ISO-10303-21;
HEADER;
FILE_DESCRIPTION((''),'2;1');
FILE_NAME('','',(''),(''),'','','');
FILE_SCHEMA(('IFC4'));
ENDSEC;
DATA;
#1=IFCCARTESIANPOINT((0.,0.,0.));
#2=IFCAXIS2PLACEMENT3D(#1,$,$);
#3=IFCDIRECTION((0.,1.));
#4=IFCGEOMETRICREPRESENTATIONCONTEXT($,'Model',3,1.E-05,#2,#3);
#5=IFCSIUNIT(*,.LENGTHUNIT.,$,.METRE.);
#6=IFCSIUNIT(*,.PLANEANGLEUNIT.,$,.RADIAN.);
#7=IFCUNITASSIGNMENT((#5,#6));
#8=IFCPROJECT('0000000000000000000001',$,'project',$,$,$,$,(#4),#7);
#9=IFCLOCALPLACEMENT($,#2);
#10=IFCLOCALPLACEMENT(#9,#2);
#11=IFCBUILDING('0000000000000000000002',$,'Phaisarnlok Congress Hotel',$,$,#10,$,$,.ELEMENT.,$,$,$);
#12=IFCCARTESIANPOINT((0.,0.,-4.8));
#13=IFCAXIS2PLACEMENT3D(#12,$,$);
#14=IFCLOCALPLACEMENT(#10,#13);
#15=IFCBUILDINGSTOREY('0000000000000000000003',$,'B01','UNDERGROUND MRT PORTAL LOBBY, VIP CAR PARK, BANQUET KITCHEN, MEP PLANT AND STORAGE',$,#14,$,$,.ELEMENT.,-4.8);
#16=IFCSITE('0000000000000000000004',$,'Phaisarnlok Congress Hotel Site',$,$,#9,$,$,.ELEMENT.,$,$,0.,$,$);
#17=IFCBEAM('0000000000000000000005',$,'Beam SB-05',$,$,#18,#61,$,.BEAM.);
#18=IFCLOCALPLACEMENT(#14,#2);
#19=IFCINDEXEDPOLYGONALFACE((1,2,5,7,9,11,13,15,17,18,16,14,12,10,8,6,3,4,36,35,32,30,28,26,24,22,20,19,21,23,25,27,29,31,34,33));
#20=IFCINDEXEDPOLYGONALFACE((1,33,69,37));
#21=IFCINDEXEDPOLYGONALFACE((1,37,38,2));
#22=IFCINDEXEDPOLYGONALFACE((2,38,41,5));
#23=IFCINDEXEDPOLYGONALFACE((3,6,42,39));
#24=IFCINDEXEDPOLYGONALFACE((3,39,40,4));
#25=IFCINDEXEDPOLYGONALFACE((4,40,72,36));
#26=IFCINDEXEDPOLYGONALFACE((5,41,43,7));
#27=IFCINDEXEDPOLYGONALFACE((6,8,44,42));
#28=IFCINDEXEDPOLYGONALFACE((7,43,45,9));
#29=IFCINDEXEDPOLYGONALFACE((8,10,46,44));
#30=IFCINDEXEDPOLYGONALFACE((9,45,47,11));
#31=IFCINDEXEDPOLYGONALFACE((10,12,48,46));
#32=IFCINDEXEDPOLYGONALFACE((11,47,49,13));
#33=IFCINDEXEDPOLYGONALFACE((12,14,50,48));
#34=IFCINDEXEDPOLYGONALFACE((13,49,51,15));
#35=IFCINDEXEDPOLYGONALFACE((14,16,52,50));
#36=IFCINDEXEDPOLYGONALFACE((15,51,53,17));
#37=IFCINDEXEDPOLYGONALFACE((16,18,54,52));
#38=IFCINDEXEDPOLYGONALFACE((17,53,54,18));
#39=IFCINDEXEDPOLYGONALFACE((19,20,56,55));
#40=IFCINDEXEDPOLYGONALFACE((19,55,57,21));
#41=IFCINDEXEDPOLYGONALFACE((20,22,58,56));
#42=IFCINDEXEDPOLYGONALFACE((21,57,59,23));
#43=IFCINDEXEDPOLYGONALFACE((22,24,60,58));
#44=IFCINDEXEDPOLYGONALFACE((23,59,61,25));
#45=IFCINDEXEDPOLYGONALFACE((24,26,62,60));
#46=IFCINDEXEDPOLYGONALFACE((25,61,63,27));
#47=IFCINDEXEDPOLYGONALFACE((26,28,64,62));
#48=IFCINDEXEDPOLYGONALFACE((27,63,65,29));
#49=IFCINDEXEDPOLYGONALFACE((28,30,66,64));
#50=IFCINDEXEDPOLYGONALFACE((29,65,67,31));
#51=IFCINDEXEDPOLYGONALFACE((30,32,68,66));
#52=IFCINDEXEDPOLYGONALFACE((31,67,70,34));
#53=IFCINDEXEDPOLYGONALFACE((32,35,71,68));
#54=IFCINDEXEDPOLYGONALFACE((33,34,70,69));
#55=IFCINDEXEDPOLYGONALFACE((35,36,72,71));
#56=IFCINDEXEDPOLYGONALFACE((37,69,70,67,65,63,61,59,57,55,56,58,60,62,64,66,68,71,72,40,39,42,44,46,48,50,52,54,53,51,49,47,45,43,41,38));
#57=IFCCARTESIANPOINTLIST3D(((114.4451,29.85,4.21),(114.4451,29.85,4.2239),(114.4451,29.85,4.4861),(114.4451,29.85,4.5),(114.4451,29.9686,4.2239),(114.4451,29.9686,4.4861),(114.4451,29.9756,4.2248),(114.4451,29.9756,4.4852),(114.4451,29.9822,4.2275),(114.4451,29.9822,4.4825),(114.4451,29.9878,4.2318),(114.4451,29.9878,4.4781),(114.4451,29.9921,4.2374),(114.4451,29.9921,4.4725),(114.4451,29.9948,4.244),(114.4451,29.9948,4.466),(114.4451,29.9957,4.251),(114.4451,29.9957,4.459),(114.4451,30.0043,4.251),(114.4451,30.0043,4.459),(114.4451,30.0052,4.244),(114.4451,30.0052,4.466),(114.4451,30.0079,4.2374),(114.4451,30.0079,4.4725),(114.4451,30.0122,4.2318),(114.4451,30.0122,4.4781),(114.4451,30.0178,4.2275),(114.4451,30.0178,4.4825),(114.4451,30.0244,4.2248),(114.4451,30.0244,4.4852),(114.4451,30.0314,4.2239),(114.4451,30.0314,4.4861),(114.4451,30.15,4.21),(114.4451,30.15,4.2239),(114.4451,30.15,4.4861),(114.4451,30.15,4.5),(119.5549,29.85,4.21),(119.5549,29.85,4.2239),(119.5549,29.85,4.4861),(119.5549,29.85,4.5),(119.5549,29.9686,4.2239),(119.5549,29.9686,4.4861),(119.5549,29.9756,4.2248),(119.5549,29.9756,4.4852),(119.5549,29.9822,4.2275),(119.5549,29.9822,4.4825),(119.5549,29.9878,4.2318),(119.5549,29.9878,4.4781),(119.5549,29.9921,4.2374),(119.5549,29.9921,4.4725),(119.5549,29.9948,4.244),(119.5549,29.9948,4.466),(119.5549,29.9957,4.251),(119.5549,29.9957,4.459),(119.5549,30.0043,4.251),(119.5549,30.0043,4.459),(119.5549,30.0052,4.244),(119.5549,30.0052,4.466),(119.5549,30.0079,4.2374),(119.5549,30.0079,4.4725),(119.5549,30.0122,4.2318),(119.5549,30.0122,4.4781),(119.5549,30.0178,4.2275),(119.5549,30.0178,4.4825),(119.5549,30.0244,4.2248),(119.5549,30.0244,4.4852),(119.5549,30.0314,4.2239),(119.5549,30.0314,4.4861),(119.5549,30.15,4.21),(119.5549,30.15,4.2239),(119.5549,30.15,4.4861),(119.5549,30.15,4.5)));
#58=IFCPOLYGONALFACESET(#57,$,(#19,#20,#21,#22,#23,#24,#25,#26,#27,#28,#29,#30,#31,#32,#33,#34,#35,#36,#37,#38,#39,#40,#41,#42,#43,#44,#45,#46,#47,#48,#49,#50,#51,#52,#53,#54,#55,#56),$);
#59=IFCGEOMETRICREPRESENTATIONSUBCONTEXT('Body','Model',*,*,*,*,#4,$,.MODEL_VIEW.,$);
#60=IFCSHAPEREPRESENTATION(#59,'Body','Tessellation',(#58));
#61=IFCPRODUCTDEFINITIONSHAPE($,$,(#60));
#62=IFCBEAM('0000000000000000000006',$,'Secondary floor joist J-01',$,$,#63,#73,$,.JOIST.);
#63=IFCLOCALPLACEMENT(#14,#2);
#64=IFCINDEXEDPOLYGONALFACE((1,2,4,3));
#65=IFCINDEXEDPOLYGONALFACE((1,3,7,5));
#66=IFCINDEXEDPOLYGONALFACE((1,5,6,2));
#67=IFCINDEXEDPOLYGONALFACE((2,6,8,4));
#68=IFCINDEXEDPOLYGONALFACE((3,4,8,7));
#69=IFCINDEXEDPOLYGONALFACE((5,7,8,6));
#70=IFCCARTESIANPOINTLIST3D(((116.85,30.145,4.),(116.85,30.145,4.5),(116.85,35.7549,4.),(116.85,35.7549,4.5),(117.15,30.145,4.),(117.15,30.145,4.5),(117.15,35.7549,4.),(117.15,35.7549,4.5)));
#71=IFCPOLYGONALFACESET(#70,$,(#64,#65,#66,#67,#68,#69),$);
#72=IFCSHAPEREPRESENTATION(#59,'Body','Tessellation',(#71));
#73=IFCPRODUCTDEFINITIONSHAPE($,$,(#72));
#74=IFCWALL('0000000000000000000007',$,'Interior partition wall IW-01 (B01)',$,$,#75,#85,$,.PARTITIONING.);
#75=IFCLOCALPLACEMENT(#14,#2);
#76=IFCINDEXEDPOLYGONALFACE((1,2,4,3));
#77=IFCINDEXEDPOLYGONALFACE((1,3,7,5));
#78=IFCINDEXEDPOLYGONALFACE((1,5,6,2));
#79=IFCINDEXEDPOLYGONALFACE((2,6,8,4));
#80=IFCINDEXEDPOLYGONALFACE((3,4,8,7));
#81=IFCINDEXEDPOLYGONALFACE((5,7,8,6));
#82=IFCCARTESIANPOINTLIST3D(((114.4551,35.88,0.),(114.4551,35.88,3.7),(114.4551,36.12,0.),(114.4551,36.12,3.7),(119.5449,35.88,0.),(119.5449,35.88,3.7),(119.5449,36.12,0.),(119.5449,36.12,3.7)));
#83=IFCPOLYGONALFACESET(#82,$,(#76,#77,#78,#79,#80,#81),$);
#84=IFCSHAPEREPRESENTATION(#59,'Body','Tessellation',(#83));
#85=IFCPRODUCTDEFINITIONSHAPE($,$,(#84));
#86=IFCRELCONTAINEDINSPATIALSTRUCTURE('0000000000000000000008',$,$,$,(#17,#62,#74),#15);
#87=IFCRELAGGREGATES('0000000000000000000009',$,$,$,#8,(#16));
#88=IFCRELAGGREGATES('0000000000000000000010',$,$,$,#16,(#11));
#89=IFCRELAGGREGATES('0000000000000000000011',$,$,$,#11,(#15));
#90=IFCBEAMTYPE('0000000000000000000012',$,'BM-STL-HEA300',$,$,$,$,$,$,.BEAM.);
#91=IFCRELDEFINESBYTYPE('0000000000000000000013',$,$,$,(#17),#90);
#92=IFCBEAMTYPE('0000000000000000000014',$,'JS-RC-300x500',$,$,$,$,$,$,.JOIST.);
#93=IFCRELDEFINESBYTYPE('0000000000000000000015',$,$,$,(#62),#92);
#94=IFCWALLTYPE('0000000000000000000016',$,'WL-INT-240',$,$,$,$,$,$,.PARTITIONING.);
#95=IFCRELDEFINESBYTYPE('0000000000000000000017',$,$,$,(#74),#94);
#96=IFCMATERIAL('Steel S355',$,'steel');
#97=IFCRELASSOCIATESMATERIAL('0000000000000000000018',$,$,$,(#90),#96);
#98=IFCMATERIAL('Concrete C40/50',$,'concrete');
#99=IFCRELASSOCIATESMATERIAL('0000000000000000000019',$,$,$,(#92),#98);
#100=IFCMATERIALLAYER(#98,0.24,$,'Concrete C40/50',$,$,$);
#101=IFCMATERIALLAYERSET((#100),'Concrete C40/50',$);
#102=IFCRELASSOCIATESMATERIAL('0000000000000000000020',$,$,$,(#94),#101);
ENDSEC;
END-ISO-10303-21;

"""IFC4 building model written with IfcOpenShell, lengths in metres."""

from ifc_helpers import new_model, si_unit, direction, frame, frame_2d, origin, origin_2d, place, context, subcontext, project, spatial, rectangle, i_section, extrude, material, layer, layer_set, material_profile, profile_set, type_object, element, save


model = new_model("IFC4")

# Units and contexts
model_context = context("Model", 3, precision=1e-05, world=origin(), true_north=direction((0.0, 1.0)))
body_context = subcontext(model_context, "Body", "Model", "MODEL_VIEW")
ifc_project = project(units=[si_unit("LENGTHUNIT", "METRE"), si_unit("PLANEANGLEUNIT", "RADIAN")], contexts=[model_context])

# Site, building, storey
site_placement = place(None, origin())
site = spatial("IfcSite", under=ifc_project, at=site_placement, Name="Phaisarnlok Congress Hotel Site", CompositionType="ELEMENT", RefElevation=0.0)
building_placement = place(site_placement, origin())
building = spatial("IfcBuilding", under=site, at=building_placement, Name="Phaisarnlok Congress Hotel", CompositionType="ELEMENT")
storey_placement = place(building_placement, frame((0.0, 0.0, -4.8)))
storey = spatial("IfcBuildingStorey", under=building, at=storey_placement, Name="B01", Description="UNDERGROUND MRT PORTAL LOBBY, VIP CAR PARK, BANQUET KITCHEN, MEP PLANT AND STORAGE", CompositionType="ELEMENT", Elevation=-4.8)

# Shared definitions
ifc_material_1 = material(Name="Concrete C40/50", Category="concrete")

# Beams
ifc_material_2 = material(Name="Steel S355", Category="steel")
ifc_material_profile_1 = material_profile(ifc_material_2, i_section(OverallWidth=0.3, OverallDepth=0.29, WebThickness=0.0085, FlangeThickness=0.0139, FilletRadius=0.0271, at=origin_2d()), Name="HEA 300")
ifc_profile_set_1 = profile_set([ifc_material_profile_1], Name="Steel S355")
beam_type_1 = type_object("IfcBeamType", Name="BM-STL-HEA300", PredefinedType="BEAM", material=ifc_profile_set_1)
beam_1_placement = place(storey_placement, frame((114.4451, 30.0, 4.355), z_axis=(1.0, 0.0, 0.0), x_axis=(0.0, 1.0, 0.0)))
element("IfcBeam", 1, at=beam_1_placement, inside=storey, type_object=beam_type_1, Name="Beam SB-05", PredefinedType="BEAM", context=body_context, shape_type="SweptSolid", body=[
    extrude(i_section(OverallWidth=0.3, OverallDepth=0.29, WebThickness=0.0085, FlangeThickness=0.0139, FilletRadius=0.0271, at=origin_2d()), origin(), (0.0, 0.0, 1.0), 5.1099),
])
ifc_material_profile_2 = material_profile(ifc_material_1, rectangle(XDim=0.3, YDim=0.5, at=origin_2d()), Name="RC 300x500")
ifc_profile_set_2 = profile_set([ifc_material_profile_2], Name="Concrete C40/50")
beam_type_2 = type_object("IfcBeamType", Name="JS-RC-300x500", PredefinedType="JOIST", material=ifc_profile_set_2)
beam_2_placement = place(storey_placement, frame((117.0, 30.145, 4.25), z_axis=(0.0, 1.0, 0.0), x_axis=(-1.0, 0.0, 0.0)))
element("IfcBeam", 2, at=beam_2_placement, inside=storey, type_object=beam_type_2, Name="Secondary floor joist J-01", PredefinedType="JOIST", context=body_context, shape_type="SweptSolid", body=[
    extrude(rectangle(XDim=0.3, YDim=0.5, at=origin_2d()), origin(), (0.0, 0.0, 1.0), 5.6099),
])

# Wall
ifc_layer = layer(ifc_material_1, 0.24, Name="Concrete C40/50")
ifc_layer_set = layer_set([ifc_layer], Name="Concrete C40/50")
wall_type = type_object("IfcWallType", Name="WL-INT-240", PredefinedType="PARTITIONING", material=ifc_layer_set)
wall_placement = place(storey_placement, frame((114.4551, 36.0, 0.0), z_axis=(0.0, 0.0, 1.0), x_axis=(1.0, 0.0, 0.0)))
element("IfcWall", 3, at=wall_placement, inside=storey, type_object=wall_type, Name="Interior partition wall IW-01 (B01)", PredefinedType="PARTITIONING", context=body_context, shape_type="SweptSolid", body=[
    extrude(rectangle(XDim=5.0898, YDim=0.24, at=frame_2d((2.5449, 0.0))), origin(), (0.0, 0.0, 1.0), 3.7),
])

save(model, "model.ifc")
